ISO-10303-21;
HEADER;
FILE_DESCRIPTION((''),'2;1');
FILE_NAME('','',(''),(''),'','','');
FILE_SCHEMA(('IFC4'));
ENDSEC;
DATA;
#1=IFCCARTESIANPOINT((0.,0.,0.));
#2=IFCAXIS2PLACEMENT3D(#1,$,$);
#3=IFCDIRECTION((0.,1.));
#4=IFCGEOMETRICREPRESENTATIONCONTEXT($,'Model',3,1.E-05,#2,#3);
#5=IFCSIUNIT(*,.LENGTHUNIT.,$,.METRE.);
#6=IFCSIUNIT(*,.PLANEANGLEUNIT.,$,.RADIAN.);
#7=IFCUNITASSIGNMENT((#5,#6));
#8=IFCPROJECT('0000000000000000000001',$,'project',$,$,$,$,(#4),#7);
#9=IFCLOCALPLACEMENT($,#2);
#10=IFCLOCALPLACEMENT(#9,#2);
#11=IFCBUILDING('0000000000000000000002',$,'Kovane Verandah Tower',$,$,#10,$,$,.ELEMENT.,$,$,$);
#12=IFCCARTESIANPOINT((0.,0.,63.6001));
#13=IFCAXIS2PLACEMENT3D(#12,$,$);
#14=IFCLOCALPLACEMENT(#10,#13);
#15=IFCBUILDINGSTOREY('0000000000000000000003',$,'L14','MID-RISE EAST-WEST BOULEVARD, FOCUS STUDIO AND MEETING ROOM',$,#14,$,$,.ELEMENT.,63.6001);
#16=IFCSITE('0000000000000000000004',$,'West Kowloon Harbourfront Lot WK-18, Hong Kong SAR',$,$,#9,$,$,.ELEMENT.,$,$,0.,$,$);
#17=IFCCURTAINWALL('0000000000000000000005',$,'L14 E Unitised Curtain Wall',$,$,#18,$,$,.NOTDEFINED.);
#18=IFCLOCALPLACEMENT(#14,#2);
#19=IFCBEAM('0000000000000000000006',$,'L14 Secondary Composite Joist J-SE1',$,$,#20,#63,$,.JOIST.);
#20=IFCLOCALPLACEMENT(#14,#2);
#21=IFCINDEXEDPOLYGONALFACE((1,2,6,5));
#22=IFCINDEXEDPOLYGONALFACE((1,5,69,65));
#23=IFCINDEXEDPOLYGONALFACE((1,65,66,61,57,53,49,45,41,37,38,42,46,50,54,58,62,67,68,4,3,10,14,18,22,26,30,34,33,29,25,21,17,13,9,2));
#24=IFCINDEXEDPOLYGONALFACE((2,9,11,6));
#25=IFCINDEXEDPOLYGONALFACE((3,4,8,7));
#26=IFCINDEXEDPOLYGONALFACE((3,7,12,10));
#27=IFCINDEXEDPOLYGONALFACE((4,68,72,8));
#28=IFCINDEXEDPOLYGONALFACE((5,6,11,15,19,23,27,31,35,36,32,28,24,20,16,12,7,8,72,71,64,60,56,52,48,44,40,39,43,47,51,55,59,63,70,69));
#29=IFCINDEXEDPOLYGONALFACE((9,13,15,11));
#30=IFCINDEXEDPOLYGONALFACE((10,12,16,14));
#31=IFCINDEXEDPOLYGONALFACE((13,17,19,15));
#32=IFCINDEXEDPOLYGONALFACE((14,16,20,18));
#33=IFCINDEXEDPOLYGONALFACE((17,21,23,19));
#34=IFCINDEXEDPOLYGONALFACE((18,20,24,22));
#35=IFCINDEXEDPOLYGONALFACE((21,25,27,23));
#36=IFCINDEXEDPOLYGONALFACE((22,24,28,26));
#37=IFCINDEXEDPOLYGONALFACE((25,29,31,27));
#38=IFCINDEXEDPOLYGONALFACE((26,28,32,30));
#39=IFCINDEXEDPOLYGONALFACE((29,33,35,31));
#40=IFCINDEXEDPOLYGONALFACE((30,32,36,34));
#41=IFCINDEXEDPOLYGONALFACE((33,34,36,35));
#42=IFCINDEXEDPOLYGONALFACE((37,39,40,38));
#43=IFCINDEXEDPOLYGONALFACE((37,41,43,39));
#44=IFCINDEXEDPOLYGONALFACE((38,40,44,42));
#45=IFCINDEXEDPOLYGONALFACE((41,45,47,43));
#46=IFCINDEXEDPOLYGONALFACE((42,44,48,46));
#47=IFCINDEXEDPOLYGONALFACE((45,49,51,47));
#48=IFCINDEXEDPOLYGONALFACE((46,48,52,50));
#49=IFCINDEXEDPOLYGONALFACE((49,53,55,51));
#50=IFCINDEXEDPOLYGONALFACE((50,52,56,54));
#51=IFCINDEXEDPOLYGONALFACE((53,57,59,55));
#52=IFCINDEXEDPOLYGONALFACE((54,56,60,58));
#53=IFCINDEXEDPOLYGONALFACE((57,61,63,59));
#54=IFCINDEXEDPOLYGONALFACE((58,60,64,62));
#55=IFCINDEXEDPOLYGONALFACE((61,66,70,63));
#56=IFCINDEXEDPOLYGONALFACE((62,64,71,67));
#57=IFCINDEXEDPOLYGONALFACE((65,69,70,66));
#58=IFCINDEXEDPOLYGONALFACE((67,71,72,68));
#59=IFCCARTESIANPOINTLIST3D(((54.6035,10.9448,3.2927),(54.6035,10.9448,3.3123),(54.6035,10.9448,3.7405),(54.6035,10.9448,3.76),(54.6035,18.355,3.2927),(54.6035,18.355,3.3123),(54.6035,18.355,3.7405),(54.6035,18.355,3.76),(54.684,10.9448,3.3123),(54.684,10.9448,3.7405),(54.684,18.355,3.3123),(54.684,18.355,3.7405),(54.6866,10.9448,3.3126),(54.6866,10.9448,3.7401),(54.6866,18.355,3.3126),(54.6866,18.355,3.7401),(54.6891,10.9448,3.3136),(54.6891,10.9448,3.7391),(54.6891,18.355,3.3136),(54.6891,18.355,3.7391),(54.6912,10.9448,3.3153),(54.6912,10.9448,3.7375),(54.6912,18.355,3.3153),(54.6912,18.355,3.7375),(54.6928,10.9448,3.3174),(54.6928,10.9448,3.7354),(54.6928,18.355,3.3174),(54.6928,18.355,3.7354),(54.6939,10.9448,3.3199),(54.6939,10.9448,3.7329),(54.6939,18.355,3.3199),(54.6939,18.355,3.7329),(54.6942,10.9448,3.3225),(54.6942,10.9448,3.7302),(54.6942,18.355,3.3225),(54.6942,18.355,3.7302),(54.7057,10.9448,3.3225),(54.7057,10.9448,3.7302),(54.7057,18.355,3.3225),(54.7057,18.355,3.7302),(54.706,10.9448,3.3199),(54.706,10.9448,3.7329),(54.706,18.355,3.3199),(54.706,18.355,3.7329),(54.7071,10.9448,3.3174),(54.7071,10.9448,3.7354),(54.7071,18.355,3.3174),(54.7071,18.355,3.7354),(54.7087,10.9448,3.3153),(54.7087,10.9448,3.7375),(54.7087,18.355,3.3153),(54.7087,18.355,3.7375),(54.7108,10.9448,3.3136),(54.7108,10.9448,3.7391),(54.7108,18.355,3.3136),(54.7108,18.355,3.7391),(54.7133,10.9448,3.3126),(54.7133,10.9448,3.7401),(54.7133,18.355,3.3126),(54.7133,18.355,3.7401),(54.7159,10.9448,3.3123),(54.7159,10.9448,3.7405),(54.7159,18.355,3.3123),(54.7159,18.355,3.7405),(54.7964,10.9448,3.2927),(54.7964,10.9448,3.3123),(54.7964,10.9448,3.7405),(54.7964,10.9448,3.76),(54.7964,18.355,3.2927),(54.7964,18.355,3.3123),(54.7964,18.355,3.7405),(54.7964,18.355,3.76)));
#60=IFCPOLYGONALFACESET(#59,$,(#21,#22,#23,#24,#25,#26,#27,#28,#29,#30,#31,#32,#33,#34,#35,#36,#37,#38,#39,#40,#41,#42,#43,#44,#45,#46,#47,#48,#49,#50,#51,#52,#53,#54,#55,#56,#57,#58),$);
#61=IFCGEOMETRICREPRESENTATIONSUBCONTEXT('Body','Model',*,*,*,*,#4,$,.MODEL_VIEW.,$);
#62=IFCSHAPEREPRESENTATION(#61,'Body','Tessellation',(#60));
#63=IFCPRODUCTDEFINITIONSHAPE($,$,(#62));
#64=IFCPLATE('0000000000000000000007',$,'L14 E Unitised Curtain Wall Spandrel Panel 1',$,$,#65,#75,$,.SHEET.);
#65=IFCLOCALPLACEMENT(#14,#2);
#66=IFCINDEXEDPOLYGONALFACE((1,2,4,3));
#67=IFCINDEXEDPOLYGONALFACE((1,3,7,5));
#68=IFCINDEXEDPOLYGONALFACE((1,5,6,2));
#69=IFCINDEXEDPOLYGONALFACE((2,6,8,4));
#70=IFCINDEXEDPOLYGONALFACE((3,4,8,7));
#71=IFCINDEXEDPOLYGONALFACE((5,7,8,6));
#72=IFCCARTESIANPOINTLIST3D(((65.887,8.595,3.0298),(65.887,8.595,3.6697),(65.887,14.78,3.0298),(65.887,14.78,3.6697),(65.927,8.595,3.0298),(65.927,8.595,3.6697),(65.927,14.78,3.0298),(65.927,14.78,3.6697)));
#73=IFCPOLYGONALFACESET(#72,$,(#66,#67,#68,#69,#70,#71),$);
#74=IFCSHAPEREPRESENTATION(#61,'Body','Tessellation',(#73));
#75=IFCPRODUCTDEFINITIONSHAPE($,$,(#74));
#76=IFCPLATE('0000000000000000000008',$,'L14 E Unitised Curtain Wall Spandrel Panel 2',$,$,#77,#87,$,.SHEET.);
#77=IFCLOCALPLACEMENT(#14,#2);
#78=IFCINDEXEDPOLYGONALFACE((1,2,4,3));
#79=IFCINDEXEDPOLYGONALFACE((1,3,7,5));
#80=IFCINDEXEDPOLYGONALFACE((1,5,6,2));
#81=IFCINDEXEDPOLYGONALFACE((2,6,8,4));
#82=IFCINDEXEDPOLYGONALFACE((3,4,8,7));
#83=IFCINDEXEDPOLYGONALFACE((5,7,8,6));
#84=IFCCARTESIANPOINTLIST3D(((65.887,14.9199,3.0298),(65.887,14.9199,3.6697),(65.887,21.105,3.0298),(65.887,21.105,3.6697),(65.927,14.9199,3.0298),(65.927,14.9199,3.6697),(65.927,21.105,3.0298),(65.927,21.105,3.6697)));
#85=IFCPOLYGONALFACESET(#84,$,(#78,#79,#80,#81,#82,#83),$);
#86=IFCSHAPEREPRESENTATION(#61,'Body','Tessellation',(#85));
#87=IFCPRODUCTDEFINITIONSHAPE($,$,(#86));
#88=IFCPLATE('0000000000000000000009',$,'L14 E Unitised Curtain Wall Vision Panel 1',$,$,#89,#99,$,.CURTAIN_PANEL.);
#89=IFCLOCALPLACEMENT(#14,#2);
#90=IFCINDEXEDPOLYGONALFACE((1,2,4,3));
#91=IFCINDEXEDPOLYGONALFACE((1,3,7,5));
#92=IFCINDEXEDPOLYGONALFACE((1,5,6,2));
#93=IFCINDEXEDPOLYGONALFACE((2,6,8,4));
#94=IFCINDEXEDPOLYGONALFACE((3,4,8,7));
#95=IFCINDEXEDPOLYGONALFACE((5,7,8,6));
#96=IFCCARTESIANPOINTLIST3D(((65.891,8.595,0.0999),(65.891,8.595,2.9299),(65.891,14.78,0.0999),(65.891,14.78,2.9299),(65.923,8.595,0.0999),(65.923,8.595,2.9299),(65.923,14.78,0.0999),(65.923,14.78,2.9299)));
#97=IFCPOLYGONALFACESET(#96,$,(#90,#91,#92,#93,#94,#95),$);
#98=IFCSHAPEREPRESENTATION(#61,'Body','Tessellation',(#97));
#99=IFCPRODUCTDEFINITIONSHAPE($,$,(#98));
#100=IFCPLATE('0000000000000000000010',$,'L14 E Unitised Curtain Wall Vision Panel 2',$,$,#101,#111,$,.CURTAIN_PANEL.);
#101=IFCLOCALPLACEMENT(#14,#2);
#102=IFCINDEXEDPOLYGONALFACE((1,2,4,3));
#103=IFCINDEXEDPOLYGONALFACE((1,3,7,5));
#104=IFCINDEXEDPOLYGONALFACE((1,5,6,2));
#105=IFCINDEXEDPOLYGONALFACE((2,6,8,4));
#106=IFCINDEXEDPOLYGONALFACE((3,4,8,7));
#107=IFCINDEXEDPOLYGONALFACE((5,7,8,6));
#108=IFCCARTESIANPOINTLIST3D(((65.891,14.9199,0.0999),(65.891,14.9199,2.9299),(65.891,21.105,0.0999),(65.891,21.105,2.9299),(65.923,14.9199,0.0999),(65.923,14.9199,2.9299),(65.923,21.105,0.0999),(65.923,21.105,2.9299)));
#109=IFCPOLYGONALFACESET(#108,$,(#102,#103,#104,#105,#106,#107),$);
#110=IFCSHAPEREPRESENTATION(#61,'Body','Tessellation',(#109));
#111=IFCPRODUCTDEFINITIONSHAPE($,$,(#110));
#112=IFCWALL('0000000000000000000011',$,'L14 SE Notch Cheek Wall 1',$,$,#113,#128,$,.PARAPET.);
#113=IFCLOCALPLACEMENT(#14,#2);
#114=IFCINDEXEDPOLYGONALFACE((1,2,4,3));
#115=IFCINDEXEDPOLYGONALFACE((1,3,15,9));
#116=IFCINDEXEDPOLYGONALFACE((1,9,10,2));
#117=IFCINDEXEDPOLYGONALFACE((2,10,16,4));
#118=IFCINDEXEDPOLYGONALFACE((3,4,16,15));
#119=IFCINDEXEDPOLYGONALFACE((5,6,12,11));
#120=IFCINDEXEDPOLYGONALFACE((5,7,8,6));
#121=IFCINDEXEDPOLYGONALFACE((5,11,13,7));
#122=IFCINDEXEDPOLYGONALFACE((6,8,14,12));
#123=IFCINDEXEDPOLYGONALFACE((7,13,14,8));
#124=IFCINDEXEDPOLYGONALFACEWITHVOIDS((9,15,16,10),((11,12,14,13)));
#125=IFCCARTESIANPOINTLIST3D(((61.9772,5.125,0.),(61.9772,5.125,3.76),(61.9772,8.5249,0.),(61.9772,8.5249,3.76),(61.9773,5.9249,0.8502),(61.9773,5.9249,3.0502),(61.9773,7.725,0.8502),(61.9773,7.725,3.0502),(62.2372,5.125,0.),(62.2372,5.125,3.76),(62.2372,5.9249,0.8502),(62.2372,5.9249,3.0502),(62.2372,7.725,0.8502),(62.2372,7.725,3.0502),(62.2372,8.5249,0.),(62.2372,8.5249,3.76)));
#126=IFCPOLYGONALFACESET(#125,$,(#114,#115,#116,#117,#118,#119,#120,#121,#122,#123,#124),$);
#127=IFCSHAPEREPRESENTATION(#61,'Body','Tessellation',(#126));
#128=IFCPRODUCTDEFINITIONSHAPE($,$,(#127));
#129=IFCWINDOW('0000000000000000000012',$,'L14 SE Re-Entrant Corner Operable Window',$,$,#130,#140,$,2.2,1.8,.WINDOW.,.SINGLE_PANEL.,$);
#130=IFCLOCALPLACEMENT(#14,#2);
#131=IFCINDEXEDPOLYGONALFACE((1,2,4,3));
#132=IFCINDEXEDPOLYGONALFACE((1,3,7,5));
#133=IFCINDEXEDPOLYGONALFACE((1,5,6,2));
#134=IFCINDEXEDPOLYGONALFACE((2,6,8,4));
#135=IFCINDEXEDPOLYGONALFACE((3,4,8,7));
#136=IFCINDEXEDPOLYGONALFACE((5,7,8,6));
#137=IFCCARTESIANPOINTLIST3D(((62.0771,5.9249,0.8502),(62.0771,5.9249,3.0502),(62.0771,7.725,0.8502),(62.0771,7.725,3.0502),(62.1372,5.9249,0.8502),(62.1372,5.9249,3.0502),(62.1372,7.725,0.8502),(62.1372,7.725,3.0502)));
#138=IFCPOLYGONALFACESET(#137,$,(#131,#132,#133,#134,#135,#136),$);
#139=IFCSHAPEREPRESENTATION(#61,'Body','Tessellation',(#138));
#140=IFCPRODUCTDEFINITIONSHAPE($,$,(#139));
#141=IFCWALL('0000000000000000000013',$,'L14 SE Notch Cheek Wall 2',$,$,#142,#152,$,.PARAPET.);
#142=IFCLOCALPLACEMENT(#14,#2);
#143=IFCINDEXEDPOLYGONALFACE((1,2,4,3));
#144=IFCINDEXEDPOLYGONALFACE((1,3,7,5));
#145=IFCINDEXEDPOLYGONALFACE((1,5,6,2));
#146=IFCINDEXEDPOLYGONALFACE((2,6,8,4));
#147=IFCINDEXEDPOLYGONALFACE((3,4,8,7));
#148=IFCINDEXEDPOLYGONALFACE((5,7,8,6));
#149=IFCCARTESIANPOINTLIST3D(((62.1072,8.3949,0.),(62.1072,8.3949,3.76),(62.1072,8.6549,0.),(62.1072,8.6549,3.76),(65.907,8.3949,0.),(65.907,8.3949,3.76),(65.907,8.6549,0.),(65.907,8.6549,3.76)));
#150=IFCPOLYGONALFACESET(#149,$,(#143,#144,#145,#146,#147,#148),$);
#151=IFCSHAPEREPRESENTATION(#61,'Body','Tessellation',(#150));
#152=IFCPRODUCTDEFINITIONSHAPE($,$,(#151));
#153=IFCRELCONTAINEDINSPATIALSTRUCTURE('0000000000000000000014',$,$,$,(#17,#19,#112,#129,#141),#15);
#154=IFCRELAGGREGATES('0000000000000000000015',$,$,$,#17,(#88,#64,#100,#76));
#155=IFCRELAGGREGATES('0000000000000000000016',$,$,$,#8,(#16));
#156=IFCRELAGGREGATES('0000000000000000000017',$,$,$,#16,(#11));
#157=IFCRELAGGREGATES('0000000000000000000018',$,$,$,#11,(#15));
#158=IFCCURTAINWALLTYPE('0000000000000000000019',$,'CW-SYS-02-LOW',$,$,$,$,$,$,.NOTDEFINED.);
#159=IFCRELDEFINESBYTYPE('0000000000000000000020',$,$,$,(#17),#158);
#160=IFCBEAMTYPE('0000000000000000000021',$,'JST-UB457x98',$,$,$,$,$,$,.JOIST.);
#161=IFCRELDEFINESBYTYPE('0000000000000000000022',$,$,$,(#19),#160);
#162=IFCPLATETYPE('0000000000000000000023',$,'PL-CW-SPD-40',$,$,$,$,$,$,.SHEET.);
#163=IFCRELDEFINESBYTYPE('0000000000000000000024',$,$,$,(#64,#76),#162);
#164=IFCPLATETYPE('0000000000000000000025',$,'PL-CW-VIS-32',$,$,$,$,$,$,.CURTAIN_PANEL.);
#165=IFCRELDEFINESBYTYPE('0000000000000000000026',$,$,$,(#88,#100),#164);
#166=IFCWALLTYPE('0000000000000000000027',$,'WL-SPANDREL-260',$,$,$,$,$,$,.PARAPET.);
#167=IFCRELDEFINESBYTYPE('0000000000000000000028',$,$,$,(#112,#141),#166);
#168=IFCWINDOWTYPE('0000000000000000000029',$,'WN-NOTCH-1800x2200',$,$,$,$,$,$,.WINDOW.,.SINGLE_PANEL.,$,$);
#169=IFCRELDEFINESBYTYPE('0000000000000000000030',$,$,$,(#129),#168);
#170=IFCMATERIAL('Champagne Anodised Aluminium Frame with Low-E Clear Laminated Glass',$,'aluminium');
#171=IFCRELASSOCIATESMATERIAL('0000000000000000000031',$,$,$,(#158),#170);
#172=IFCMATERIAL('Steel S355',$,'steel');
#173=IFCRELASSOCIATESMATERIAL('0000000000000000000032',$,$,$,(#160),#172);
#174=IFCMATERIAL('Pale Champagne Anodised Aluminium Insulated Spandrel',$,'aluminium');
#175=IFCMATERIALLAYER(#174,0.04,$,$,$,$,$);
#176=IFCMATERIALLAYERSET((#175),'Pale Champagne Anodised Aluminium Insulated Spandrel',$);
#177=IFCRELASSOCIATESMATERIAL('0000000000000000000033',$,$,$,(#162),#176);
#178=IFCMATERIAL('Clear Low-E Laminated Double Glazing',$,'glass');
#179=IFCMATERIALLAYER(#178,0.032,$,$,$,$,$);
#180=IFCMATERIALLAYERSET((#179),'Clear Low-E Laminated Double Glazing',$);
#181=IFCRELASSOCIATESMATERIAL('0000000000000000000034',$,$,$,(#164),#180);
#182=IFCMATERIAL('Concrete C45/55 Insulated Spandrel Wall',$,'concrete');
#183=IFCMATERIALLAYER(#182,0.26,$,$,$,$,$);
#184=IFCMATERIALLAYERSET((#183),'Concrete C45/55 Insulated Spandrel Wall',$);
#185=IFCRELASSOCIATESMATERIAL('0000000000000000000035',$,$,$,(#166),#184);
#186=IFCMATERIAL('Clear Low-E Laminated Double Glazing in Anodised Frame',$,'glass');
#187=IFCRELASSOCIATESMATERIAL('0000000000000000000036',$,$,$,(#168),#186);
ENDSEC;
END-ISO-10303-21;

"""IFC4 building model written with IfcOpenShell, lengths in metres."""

from ifc_helpers import new_model, si_unit, direction, frame, frame_2d, origin, origin_2d, place, context, subcontext, project, spatial, rectangle, i_section, extrude, material, layer, layer_set, material_profile, profile_set, type_object, element, fill, aggregate, save


model = new_model("IFC4")

# Units and contexts
model_context = context("Model", 3, precision=1e-05, world=origin(), true_north=direction((0.0, 1.0)))
body_context = subcontext(model_context, "Body", "Model", "MODEL_VIEW")
ifc_project = project(units=[si_unit("LENGTHUNIT", "METRE"), si_unit("PLANEANGLEUNIT", "RADIAN")], contexts=[model_context])

# Site, building, storey
site_placement = place(None, origin())
site = spatial("IfcSite", under=ifc_project, at=site_placement, Name="West Kowloon Harbourfront Lot WK-18, Hong Kong SAR", CompositionType="ELEMENT", RefElevation=0.0)
building_placement = place(site_placement, origin())
building = spatial("IfcBuilding", under=site, at=building_placement, Name="Kovane Verandah Tower", CompositionType="ELEMENT")
storey_placement = place(building_placement, frame((0.0, 0.0, 63.6001)))
storey = spatial("IfcBuildingStorey", under=building, at=storey_placement, Name="L14", Description="MID-RISE EAST-WEST BOULEVARD, FOCUS STUDIO AND MEETING ROOM", CompositionType="ELEMENT", Elevation=63.6001)

# Shared definitions
ifc_material_1 = material(Name="Steel S355", Category="steel")

# Curtain wall
ifc_material_2 = material(Name="Champagne Anodised Aluminium Frame with Low-E Clear Laminated Glass", Category="aluminium")
curtain_wall_type = type_object("IfcCurtainWallType", Name="CW-SYS-02-LOW", PredefinedType="NOTDEFINED", material=ifc_material_2)
curtain_wall_placement = place(storey_placement, origin())
curtain_wall = element("IfcCurtainWall", 1, at=curtain_wall_placement, inside=storey, type_object=curtain_wall_type, Name="L14 E Unitised Curtain Wall", PredefinedType="NOTDEFINED")

# Beam
ifc_material_profile_1 = material_profile(ifc_material_1, i_section(OverallWidth=0.1929, OverallDepth=0.4673, WebThickness=0.0115, FlangeThickness=0.0195, FilletRadius=0.0103, at=origin_2d()), Name="UB457x191x98")
ifc_profile_set_1 = profile_set([ifc_material_profile_1], Name="Steel S355")
beam_type_1 = type_object("IfcBeamType", Name="JST-UB457x98", PredefinedType="JOIST", material=ifc_profile_set_1)
beam_1_placement = place(storey_placement, frame((54.7, 10.9448, 3.5264), z_axis=(0.0, 1.0, 0.0), x_axis=(-1.0, 0.0, 0.0)))
element("IfcBeam", 2, at=beam_1_placement, inside=storey, type_object=beam_type_1, Name="L14 Secondary Composite Joist J-SE1", PredefinedType="JOIST", context=body_context, shape_type="SweptSolid", body=[
    extrude(i_section(OverallWidth=0.1929, OverallDepth=0.4673, WebThickness=0.0115, FlangeThickness=0.0195, FilletRadius=0.0103, at=origin_2d()), origin(), (0.0, 0.0, 1.0), 7.4102),
])

# Plates
ifc_material_3 = material(Name="Pale Champagne Anodised Aluminium Insulated Spandrel", Category="aluminium")
ifc_layer_1 = layer(ifc_material_3, 0.04)
ifc_layer_set_1 = layer_set([ifc_layer_1], Name="Pale Champagne Anodised Aluminium Insulated Spandrel")
plate_type_1 = type_object("IfcPlateType", Name="PL-CW-SPD-40", PredefinedType="SHEET", material=ifc_layer_set_1)
plate_1_placement = place(storey_placement, frame((65.907, 11.6875, 3.0298), z_axis=(0.0, 0.0, 1.0), x_axis=(0.0, 1.0, 0.0)))
plate_1 = element("IfcPlate", 3, at=plate_1_placement, type_object=plate_type_1, Name="L14 E Unitised Curtain Wall Spandrel Panel 1", PredefinedType="SHEET", context=body_context, shape_type="SweptSolid", body=[
    extrude(rectangle(XDim=6.1851, YDim=0.04, at=origin_2d()), origin(), (0.0, 0.0, 1.0), 0.6399),
])
plate_2_placement = place(storey_placement, frame((65.907, 18.0125, 3.0298), z_axis=(0.0, 0.0, 1.0), x_axis=(0.0, 1.0, 0.0)))
plate_2 = element("IfcPlate", 4, at=plate_2_placement, type_object=plate_type_1, Name="L14 E Unitised Curtain Wall Spandrel Panel 2", PredefinedType="SHEET", context=body_context, shape_type="SweptSolid", body=[
    extrude(rectangle(XDim=6.1851, YDim=0.04, at=origin_2d()), origin(), (0.0, 0.0, 1.0), 0.6399),
])
ifc_material_4 = material(Name="Clear Low-E Laminated Double Glazing", Category="glass")
ifc_layer_2 = layer(ifc_material_4, 0.032)
ifc_layer_set_2 = layer_set([ifc_layer_2], Name="Clear Low-E Laminated Double Glazing")
plate_type_2 = type_object("IfcPlateType", Name="PL-CW-VIS-32", PredefinedType="CURTAIN_PANEL", material=ifc_layer_set_2)
plate_3_placement = place(storey_placement, frame((65.907, 11.6875, 0.0999), z_axis=(0.0, 0.0, 1.0), x_axis=(0.0, 1.0, 0.0)))
plate_3 = element("IfcPlate", 5, at=plate_3_placement, type_object=plate_type_2, Name="L14 E Unitised Curtain Wall Vision Panel 1", PredefinedType="CURTAIN_PANEL", context=body_context, shape_type="SweptSolid", body=[
    extrude(rectangle(XDim=6.1851, YDim=0.032, at=origin_2d()), origin(), (0.0, 0.0, 1.0), 2.8301),
])
plate_4_placement = place(storey_placement, frame((65.907, 18.0125, 0.0999), z_axis=(0.0, 0.0, 1.0), x_axis=(0.0, 1.0, 0.0)))
plate_4 = element("IfcPlate", 6, at=plate_4_placement, type_object=plate_type_2, Name="L14 E Unitised Curtain Wall Vision Panel 2", PredefinedType="CURTAIN_PANEL", context=body_context, shape_type="SweptSolid", body=[
    extrude(rectangle(XDim=6.1851, YDim=0.032, at=origin_2d()), origin(), (0.0, 0.0, 1.0), 2.8301),
])
aggregate(curtain_wall, [plate_3, plate_1, plate_4, plate_2])

# Wall, opening, window
ifc_material_5 = material(Name="Concrete C45/55 Insulated Spandrel Wall", Category="concrete")
ifc_layer_3 = layer(ifc_material_5, 0.26)
ifc_layer_set_3 = layer_set([ifc_layer_3], Name="Concrete C45/55 Insulated Spandrel Wall")
wall_type = type_object("IfcWallType", Name="WL-SPANDREL-260", PredefinedType="PARAPET", material=ifc_layer_set_3)
wall_1_placement = place(storey_placement, frame((62.1072, 5.125, 0.0), z_axis=(0.0, 0.0, 1.0), x_axis=(0.0, 1.0, 0.0)))
wall_1 = element("IfcWall", 7, at=wall_1_placement, inside=storey, type_object=wall_type, Name="L14 SE Notch Cheek Wall 1", PredefinedType="PARAPET", context=body_context, shape_type="SweptSolid", body=[
    extrude(rectangle(XDim=3.3999, YDim=0.26, at=frame_2d((1.7, 0.0))), origin(), (0.0, 0.0, 1.0), 3.76),
])
opening_placement = place(wall_1_placement, frame((0.8, 0.0, 0.8501)))
opening = element("IfcOpeningElement", 8, at=opening_placement, cuts=wall_1, PredefinedType="OPENING", context=body_context, shape_type="SweptSolid", body=[
    extrude(rectangle(XDim=1.8, YDim=2.2, at=frame_2d((0.8999, 1.1001))), frame((0.0, 0.1299, 0.0), z_axis=(0.0, -1.0, 0.0), x_axis=(1.0, 0.0, 0.0)), (0.0, 0.0, 1.0), 0.26),
])
ifc_material_6 = material(Name="Clear Low-E Laminated Double Glazing in Anodised Frame", Category="glass")
window_type = type_object("IfcWindowType", Name="WN-NOTCH-1800x2200", PartitioningType="SINGLE_PANEL", PredefinedType="WINDOW", material=ifc_material_6)
window_placement = place(opening_placement, origin())
window = element("IfcWindow", 9, at=window_placement, inside=storey, type_object=window_type, Name="L14 SE Re-Entrant Corner Operable Window", OverallHeight=2.2, OverallWidth=1.8, PartitioningType="SINGLE_PANEL", PredefinedType="WINDOW", context=body_context, shape_type="SweptSolid", body=[
    extrude(rectangle(XDim=1.8, YDim=2.2, at=frame_2d((0.8999, 1.1001))), frame((0.0, 0.03, 0.0), z_axis=(0.0, -1.0, 0.0), x_axis=(1.0, 0.0, 0.0)), (0.0, 0.0, 1.0), 0.0601),
])
fill(opening, window)

# Wall
wall_2_placement = place(storey_placement, frame((62.1072, 8.5249, 0.0), z_axis=(0.0, 0.0, 1.0), x_axis=(1.0, 0.0, 0.0)))
element("IfcWall", 10, at=wall_2_placement, inside=storey, type_object=wall_type, Name="L14 SE Notch Cheek Wall 2", PredefinedType="PARAPET", context=body_context, shape_type="SweptSolid", body=[
    extrude(rectangle(XDim=3.7998, YDim=0.26, at=frame_2d((1.8999, 0.0))), origin(), (0.0, 0.0, 1.0), 3.76),
])

save(model, "model.ifc")
